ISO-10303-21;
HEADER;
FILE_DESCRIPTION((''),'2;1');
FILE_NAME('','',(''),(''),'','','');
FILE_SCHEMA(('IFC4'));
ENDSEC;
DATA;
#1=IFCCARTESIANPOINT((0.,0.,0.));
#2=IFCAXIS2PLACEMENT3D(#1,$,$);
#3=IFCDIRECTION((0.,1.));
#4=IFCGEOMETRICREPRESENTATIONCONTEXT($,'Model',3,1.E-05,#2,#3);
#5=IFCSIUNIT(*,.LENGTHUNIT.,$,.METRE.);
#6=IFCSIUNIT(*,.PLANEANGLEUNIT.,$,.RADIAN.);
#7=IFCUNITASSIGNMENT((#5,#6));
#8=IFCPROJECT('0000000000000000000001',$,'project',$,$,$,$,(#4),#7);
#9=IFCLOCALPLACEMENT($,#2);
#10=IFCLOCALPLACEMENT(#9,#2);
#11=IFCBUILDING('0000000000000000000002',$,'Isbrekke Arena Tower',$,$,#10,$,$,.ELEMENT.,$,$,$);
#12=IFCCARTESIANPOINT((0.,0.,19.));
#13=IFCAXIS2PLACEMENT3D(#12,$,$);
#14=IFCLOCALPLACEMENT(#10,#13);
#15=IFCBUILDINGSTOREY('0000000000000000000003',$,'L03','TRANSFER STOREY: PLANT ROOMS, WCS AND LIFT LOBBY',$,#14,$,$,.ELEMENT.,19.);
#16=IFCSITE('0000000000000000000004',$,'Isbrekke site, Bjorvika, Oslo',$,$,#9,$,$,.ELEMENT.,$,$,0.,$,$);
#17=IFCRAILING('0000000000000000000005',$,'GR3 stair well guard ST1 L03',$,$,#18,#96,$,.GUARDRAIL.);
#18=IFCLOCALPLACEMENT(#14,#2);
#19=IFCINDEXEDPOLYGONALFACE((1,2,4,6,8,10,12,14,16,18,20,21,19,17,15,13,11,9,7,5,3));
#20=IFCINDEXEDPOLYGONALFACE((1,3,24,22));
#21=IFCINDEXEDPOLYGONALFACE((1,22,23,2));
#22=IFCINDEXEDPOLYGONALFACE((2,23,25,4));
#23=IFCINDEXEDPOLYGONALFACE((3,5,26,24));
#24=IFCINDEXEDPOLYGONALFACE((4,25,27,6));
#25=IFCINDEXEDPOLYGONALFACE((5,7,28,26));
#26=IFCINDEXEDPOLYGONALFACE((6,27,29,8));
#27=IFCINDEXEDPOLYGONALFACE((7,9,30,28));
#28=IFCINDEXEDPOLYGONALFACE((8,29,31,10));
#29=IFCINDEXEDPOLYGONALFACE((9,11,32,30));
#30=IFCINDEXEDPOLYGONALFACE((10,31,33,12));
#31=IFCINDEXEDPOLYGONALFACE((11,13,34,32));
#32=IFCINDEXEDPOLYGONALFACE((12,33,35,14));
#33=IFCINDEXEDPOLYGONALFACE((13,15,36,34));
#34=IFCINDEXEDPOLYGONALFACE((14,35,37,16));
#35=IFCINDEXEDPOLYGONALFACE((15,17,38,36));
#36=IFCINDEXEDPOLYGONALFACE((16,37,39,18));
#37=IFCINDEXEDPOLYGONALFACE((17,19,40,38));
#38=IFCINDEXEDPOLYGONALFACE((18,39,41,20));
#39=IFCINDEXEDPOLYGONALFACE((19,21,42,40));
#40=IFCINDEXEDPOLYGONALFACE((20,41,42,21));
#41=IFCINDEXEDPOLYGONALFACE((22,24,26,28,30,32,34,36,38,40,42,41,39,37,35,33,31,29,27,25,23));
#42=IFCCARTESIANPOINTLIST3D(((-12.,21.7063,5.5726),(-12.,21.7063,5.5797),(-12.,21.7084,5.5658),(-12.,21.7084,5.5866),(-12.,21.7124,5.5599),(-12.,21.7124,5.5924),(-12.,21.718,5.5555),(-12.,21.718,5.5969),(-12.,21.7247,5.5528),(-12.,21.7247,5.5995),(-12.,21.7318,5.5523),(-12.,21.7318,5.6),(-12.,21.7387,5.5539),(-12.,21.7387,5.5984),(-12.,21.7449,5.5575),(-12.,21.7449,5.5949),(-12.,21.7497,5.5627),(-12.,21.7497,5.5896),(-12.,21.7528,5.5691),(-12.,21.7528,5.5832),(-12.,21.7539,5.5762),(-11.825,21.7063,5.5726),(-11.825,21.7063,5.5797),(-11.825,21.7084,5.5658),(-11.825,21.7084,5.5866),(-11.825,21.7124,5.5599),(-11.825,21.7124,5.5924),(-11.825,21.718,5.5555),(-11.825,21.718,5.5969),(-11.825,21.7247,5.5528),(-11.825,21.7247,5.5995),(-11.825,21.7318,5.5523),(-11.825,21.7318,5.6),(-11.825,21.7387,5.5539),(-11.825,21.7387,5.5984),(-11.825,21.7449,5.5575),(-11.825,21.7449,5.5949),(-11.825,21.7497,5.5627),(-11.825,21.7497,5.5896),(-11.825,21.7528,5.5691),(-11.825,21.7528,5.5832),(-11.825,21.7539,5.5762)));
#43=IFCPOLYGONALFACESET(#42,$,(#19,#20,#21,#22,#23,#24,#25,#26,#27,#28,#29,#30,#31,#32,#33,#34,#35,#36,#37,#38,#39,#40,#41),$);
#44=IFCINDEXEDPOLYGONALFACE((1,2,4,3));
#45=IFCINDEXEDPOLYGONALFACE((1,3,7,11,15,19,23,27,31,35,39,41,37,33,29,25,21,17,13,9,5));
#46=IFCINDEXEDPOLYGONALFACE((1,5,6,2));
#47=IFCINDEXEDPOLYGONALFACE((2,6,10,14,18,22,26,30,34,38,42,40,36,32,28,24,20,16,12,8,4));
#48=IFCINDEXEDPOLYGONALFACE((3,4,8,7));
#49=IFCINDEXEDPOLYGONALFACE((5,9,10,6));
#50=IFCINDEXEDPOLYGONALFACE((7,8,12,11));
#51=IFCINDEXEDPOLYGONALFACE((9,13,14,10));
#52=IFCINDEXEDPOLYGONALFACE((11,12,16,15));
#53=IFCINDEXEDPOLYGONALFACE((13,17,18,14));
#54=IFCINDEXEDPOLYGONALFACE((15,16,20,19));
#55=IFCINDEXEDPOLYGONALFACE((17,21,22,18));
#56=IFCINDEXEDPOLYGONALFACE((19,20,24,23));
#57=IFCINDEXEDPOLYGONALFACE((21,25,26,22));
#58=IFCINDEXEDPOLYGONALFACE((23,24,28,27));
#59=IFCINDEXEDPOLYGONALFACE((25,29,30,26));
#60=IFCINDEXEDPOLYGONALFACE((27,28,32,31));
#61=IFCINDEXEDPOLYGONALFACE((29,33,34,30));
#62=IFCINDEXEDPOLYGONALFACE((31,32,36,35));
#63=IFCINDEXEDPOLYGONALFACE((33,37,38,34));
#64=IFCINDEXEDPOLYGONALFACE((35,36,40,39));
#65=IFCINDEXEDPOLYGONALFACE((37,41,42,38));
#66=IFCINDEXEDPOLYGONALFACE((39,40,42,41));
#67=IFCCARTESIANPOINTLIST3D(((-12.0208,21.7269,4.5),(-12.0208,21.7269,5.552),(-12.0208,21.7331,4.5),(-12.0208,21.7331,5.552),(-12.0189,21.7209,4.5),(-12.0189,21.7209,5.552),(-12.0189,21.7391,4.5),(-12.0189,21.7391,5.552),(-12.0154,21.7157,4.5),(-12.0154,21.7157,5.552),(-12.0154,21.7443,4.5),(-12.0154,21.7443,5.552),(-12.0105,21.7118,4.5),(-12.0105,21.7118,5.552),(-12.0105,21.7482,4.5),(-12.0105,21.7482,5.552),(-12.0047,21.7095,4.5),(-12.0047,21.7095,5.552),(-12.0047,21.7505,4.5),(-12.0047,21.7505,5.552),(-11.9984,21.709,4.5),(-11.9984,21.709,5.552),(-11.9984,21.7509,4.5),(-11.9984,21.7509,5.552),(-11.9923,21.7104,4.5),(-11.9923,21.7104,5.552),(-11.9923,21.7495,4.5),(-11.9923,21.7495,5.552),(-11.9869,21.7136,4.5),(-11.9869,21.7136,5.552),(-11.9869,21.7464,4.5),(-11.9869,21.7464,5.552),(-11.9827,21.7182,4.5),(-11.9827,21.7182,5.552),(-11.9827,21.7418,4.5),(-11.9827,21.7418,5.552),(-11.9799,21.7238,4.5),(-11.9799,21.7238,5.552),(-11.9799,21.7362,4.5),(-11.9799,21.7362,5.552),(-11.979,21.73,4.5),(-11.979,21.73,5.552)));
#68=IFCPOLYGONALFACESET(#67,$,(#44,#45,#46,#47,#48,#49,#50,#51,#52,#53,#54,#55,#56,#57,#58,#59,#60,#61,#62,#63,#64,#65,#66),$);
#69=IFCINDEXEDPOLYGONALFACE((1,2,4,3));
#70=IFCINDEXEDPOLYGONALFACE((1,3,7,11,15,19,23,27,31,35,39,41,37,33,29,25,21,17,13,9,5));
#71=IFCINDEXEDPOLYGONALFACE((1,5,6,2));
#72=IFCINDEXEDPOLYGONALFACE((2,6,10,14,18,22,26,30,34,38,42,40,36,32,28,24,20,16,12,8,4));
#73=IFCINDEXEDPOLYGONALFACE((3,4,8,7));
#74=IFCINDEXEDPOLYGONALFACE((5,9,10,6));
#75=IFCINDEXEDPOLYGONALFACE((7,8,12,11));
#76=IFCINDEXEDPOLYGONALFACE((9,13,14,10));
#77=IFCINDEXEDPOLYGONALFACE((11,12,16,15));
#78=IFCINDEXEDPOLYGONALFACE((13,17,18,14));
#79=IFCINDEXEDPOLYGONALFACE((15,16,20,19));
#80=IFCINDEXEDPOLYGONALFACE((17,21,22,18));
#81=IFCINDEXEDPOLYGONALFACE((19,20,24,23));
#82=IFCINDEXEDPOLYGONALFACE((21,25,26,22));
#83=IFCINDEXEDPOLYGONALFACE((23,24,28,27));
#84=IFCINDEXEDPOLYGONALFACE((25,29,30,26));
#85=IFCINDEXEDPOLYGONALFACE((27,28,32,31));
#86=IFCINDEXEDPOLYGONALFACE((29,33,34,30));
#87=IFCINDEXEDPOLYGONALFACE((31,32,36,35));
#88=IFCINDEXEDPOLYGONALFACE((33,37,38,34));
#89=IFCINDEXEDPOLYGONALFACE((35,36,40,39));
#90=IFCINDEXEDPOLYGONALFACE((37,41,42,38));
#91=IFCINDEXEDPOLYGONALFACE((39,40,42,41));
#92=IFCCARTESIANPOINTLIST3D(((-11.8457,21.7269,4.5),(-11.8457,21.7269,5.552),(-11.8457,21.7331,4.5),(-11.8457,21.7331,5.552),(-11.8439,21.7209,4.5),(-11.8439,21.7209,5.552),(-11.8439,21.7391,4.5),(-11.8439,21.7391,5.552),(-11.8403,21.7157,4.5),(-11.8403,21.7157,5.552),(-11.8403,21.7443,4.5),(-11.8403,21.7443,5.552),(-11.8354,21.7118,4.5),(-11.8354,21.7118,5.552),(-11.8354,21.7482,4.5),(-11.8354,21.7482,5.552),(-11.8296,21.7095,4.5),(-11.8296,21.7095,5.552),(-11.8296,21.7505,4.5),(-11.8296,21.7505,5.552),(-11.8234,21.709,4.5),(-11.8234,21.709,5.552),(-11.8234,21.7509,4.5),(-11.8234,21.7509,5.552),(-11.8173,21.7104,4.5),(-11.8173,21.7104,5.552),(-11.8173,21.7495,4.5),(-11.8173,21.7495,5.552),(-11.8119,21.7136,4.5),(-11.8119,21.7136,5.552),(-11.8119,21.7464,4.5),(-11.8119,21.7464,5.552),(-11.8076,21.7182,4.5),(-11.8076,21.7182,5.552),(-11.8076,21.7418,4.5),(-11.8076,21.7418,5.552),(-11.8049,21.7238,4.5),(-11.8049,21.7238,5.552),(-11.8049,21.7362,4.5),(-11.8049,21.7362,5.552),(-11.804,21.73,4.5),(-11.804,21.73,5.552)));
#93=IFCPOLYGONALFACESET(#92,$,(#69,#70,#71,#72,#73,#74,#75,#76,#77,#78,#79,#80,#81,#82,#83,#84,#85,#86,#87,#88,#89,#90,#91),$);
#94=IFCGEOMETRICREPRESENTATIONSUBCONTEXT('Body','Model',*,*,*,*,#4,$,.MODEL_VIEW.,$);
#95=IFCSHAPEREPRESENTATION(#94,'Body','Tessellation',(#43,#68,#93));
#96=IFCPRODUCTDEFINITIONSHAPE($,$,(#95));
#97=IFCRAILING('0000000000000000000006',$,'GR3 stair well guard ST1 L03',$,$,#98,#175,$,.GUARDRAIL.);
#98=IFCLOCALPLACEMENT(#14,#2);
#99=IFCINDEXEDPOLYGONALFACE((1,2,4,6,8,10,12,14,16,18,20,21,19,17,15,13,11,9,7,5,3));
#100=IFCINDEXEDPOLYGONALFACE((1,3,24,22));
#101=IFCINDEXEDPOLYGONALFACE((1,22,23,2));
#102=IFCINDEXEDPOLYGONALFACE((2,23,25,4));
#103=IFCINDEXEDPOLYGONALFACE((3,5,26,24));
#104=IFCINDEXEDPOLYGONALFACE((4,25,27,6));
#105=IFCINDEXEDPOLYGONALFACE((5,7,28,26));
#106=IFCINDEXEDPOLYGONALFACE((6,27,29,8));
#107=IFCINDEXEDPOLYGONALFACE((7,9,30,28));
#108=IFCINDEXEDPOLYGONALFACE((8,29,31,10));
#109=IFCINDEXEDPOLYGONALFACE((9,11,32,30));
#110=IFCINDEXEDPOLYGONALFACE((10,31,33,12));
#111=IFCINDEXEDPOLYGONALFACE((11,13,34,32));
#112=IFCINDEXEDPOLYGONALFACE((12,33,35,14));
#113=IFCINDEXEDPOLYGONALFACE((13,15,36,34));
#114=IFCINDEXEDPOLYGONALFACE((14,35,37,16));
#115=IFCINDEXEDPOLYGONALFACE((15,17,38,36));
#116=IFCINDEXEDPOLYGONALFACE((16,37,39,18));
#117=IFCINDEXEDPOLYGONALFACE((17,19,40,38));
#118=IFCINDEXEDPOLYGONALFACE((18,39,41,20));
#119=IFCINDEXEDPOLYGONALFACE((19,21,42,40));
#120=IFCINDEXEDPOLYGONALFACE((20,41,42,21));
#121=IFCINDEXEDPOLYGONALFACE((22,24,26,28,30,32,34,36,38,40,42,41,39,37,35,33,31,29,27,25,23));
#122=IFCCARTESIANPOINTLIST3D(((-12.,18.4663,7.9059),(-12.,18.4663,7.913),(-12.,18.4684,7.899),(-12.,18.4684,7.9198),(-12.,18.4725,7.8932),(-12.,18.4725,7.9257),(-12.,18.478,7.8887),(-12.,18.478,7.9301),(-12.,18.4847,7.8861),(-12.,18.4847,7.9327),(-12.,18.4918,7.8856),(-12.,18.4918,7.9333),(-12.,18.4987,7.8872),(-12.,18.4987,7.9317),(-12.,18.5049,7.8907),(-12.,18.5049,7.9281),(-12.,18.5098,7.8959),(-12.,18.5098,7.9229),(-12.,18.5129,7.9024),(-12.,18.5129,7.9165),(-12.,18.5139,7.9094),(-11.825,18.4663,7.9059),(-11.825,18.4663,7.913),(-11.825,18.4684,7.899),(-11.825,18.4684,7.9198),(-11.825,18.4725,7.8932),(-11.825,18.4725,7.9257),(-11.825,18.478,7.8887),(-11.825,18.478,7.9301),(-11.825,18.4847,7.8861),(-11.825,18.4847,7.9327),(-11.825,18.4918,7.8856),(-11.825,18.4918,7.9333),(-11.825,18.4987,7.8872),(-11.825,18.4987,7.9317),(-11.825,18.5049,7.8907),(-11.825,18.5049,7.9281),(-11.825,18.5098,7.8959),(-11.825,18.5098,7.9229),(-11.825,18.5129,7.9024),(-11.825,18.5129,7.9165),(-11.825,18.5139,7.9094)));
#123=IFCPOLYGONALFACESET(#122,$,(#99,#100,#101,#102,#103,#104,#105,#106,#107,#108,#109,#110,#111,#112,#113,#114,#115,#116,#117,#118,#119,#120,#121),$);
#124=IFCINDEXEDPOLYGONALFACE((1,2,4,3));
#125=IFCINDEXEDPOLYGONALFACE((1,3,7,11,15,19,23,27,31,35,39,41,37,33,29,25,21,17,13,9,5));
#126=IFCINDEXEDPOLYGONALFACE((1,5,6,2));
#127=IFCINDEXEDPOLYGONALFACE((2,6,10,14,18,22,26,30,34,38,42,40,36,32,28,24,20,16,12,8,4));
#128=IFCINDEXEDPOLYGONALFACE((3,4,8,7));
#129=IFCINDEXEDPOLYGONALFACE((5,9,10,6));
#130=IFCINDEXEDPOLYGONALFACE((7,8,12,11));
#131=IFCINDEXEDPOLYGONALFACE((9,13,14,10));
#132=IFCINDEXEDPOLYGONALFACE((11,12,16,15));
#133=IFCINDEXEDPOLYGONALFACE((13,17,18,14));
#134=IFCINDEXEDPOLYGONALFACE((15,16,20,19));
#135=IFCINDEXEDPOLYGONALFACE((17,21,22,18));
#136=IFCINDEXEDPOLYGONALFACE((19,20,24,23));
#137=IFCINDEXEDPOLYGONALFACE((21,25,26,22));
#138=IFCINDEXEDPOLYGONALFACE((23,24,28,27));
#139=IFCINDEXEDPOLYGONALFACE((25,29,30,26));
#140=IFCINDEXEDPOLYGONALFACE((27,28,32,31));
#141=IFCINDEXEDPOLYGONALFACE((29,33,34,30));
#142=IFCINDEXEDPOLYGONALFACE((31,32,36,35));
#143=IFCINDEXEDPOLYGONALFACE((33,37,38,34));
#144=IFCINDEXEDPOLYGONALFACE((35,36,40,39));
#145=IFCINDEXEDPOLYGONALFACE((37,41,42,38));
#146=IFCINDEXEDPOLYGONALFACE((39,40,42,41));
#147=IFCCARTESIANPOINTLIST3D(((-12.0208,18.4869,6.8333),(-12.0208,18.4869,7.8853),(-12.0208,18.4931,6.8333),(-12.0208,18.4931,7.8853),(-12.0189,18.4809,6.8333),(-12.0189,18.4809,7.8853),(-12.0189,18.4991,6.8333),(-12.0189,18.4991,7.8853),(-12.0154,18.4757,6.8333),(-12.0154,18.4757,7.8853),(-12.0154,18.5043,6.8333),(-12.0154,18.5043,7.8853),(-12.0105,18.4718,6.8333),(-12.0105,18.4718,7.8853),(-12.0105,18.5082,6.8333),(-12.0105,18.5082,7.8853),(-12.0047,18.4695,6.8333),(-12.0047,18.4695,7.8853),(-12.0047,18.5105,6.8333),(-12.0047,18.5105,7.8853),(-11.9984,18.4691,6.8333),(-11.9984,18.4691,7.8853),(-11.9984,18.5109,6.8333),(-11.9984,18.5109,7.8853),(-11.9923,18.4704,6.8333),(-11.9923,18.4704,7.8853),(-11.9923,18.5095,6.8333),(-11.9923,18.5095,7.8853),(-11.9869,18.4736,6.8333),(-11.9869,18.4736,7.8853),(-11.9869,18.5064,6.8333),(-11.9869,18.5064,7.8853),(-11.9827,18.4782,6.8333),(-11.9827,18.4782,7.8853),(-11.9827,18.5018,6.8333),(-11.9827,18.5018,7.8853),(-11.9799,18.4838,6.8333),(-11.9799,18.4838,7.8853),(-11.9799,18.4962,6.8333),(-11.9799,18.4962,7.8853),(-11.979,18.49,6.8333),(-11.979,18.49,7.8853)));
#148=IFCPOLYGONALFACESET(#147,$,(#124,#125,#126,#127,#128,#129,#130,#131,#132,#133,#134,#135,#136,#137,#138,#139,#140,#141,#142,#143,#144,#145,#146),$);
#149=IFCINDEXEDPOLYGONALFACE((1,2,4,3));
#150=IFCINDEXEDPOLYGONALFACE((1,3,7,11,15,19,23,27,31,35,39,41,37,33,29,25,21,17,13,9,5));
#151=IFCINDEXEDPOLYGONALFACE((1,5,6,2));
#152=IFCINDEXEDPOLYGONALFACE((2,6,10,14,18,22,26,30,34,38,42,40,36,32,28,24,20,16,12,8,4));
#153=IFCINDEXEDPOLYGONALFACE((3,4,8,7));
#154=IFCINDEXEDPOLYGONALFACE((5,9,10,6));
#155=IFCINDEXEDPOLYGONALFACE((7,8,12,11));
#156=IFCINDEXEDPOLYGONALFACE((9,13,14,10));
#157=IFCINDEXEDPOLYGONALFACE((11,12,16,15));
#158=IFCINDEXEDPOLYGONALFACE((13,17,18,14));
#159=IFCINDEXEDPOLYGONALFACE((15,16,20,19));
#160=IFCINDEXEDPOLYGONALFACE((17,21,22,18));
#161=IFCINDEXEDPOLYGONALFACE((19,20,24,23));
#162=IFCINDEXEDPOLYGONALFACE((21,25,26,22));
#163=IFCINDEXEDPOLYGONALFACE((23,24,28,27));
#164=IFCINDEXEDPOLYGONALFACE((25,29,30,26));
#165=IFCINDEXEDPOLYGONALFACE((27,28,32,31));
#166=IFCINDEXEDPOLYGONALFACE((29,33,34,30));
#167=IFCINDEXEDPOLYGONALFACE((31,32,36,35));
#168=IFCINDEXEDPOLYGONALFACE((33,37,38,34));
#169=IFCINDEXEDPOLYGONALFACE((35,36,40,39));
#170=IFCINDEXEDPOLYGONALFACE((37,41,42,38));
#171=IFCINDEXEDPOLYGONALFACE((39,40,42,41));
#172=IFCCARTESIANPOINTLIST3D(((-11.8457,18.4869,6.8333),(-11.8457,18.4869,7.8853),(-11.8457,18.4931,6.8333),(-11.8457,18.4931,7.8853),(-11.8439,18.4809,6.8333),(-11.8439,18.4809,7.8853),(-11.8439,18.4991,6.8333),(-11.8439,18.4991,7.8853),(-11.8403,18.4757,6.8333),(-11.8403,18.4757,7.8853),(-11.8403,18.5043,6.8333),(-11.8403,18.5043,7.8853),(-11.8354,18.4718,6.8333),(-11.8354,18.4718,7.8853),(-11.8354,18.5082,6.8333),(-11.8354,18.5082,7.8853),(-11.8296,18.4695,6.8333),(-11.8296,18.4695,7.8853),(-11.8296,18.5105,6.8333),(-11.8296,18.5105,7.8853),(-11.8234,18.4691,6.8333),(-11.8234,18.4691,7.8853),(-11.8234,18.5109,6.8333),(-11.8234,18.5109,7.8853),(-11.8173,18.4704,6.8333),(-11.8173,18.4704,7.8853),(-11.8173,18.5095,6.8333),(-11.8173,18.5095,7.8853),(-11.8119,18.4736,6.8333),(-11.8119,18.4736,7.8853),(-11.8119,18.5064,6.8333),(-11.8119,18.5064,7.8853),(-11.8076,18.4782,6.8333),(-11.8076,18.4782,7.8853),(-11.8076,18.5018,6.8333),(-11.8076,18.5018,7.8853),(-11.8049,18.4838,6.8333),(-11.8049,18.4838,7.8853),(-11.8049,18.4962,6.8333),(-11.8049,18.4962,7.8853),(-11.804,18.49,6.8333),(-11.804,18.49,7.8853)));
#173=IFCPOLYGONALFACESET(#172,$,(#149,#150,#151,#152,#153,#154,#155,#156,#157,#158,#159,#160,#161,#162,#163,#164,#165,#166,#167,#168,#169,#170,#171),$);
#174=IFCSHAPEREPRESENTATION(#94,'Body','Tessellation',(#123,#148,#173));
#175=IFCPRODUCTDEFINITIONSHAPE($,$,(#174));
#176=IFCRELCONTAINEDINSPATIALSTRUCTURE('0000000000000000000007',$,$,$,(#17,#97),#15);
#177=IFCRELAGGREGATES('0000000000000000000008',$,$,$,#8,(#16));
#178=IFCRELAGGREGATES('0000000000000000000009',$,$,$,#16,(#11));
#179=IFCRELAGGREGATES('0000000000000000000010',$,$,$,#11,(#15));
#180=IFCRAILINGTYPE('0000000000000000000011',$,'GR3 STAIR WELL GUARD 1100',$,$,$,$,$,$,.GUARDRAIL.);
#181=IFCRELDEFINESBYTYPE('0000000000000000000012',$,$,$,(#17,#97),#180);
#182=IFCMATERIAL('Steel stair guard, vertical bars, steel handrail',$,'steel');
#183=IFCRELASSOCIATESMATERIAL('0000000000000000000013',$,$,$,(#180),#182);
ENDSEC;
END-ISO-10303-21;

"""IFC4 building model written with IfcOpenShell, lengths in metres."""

from ifc_helpers import new_model, si_unit, direction, frame, origin, origin_2d, place, context, subcontext, project, spatial, circle, extrude, material, type_object, element, save


model = new_model("IFC4")

# Units and contexts
model_context = context("Model", 3, precision=1e-05, world=origin(), true_north=direction((0.0, 1.0)))
body_context = subcontext(model_context, "Body", "Model", "MODEL_VIEW")
ifc_project = project(units=[si_unit("LENGTHUNIT", "METRE"), si_unit("PLANEANGLEUNIT", "RADIAN")], contexts=[model_context])

# Site, building, storey
site_placement = place(None, origin())
site = spatial("IfcSite", under=ifc_project, at=site_placement, Name="Isbrekke site, Bjorvika, Oslo", CompositionType="ELEMENT", RefElevation=0.0)
building_placement = place(site_placement, origin())
building = spatial("IfcBuilding", under=site, at=building_placement, Name="Isbrekke Arena Tower", CompositionType="ELEMENT")
storey_placement = place(building_placement, frame((0.0, 0.0, 19.0)))
storey = spatial("IfcBuildingStorey", under=building, at=storey_placement, Name="L03", Description="TRANSFER STOREY: PLANT ROOMS, WCS AND LIFT LOBBY", CompositionType="ELEMENT", Elevation=19.0)

# Railings
ifc_material_1 = material(Name="Steel stair guard, vertical bars, steel handrail", Category="steel")
railing_type = type_object("IfcRailingType", Name="GR3 STAIR WELL GUARD 1100", PredefinedType="GUARDRAIL", material=ifc_material_1)
for number, where, name in (
    (1, (-12.0, 21.73, 4.5), "GR3 stair well guard ST1 L03"),
    (2, (-12.0, 18.49, 6.8333), "GR3 stair well guard ST1 L03"),
):
    element("IfcRailing", number, at=place(storey_placement, frame(where)), inside=storey, type_object=railing_type, Name=name, PredefinedType="GUARDRAIL", context=body_context, shape_type="SweptSolid", body=[
        extrude(circle(Radius=0.0239, at=origin_2d()), frame((0.0, 0.0, 1.0762), z_axis=(1.0, 0.0, 0.0), x_axis=(0.0, 1.0, 0.0)), (0.0, 0.0, 1.0), 0.175),
        extrude(circle(Radius=0.021, at=origin_2d()), origin(), (0.0, 0.0, 1.0), 1.052),
        extrude(circle(Radius=0.021, at=origin_2d()), frame((0.175, 0.0, 0.0)), (0.0, 0.0, 1.0), 1.052),
    ])

save(model, "model.ifc")
